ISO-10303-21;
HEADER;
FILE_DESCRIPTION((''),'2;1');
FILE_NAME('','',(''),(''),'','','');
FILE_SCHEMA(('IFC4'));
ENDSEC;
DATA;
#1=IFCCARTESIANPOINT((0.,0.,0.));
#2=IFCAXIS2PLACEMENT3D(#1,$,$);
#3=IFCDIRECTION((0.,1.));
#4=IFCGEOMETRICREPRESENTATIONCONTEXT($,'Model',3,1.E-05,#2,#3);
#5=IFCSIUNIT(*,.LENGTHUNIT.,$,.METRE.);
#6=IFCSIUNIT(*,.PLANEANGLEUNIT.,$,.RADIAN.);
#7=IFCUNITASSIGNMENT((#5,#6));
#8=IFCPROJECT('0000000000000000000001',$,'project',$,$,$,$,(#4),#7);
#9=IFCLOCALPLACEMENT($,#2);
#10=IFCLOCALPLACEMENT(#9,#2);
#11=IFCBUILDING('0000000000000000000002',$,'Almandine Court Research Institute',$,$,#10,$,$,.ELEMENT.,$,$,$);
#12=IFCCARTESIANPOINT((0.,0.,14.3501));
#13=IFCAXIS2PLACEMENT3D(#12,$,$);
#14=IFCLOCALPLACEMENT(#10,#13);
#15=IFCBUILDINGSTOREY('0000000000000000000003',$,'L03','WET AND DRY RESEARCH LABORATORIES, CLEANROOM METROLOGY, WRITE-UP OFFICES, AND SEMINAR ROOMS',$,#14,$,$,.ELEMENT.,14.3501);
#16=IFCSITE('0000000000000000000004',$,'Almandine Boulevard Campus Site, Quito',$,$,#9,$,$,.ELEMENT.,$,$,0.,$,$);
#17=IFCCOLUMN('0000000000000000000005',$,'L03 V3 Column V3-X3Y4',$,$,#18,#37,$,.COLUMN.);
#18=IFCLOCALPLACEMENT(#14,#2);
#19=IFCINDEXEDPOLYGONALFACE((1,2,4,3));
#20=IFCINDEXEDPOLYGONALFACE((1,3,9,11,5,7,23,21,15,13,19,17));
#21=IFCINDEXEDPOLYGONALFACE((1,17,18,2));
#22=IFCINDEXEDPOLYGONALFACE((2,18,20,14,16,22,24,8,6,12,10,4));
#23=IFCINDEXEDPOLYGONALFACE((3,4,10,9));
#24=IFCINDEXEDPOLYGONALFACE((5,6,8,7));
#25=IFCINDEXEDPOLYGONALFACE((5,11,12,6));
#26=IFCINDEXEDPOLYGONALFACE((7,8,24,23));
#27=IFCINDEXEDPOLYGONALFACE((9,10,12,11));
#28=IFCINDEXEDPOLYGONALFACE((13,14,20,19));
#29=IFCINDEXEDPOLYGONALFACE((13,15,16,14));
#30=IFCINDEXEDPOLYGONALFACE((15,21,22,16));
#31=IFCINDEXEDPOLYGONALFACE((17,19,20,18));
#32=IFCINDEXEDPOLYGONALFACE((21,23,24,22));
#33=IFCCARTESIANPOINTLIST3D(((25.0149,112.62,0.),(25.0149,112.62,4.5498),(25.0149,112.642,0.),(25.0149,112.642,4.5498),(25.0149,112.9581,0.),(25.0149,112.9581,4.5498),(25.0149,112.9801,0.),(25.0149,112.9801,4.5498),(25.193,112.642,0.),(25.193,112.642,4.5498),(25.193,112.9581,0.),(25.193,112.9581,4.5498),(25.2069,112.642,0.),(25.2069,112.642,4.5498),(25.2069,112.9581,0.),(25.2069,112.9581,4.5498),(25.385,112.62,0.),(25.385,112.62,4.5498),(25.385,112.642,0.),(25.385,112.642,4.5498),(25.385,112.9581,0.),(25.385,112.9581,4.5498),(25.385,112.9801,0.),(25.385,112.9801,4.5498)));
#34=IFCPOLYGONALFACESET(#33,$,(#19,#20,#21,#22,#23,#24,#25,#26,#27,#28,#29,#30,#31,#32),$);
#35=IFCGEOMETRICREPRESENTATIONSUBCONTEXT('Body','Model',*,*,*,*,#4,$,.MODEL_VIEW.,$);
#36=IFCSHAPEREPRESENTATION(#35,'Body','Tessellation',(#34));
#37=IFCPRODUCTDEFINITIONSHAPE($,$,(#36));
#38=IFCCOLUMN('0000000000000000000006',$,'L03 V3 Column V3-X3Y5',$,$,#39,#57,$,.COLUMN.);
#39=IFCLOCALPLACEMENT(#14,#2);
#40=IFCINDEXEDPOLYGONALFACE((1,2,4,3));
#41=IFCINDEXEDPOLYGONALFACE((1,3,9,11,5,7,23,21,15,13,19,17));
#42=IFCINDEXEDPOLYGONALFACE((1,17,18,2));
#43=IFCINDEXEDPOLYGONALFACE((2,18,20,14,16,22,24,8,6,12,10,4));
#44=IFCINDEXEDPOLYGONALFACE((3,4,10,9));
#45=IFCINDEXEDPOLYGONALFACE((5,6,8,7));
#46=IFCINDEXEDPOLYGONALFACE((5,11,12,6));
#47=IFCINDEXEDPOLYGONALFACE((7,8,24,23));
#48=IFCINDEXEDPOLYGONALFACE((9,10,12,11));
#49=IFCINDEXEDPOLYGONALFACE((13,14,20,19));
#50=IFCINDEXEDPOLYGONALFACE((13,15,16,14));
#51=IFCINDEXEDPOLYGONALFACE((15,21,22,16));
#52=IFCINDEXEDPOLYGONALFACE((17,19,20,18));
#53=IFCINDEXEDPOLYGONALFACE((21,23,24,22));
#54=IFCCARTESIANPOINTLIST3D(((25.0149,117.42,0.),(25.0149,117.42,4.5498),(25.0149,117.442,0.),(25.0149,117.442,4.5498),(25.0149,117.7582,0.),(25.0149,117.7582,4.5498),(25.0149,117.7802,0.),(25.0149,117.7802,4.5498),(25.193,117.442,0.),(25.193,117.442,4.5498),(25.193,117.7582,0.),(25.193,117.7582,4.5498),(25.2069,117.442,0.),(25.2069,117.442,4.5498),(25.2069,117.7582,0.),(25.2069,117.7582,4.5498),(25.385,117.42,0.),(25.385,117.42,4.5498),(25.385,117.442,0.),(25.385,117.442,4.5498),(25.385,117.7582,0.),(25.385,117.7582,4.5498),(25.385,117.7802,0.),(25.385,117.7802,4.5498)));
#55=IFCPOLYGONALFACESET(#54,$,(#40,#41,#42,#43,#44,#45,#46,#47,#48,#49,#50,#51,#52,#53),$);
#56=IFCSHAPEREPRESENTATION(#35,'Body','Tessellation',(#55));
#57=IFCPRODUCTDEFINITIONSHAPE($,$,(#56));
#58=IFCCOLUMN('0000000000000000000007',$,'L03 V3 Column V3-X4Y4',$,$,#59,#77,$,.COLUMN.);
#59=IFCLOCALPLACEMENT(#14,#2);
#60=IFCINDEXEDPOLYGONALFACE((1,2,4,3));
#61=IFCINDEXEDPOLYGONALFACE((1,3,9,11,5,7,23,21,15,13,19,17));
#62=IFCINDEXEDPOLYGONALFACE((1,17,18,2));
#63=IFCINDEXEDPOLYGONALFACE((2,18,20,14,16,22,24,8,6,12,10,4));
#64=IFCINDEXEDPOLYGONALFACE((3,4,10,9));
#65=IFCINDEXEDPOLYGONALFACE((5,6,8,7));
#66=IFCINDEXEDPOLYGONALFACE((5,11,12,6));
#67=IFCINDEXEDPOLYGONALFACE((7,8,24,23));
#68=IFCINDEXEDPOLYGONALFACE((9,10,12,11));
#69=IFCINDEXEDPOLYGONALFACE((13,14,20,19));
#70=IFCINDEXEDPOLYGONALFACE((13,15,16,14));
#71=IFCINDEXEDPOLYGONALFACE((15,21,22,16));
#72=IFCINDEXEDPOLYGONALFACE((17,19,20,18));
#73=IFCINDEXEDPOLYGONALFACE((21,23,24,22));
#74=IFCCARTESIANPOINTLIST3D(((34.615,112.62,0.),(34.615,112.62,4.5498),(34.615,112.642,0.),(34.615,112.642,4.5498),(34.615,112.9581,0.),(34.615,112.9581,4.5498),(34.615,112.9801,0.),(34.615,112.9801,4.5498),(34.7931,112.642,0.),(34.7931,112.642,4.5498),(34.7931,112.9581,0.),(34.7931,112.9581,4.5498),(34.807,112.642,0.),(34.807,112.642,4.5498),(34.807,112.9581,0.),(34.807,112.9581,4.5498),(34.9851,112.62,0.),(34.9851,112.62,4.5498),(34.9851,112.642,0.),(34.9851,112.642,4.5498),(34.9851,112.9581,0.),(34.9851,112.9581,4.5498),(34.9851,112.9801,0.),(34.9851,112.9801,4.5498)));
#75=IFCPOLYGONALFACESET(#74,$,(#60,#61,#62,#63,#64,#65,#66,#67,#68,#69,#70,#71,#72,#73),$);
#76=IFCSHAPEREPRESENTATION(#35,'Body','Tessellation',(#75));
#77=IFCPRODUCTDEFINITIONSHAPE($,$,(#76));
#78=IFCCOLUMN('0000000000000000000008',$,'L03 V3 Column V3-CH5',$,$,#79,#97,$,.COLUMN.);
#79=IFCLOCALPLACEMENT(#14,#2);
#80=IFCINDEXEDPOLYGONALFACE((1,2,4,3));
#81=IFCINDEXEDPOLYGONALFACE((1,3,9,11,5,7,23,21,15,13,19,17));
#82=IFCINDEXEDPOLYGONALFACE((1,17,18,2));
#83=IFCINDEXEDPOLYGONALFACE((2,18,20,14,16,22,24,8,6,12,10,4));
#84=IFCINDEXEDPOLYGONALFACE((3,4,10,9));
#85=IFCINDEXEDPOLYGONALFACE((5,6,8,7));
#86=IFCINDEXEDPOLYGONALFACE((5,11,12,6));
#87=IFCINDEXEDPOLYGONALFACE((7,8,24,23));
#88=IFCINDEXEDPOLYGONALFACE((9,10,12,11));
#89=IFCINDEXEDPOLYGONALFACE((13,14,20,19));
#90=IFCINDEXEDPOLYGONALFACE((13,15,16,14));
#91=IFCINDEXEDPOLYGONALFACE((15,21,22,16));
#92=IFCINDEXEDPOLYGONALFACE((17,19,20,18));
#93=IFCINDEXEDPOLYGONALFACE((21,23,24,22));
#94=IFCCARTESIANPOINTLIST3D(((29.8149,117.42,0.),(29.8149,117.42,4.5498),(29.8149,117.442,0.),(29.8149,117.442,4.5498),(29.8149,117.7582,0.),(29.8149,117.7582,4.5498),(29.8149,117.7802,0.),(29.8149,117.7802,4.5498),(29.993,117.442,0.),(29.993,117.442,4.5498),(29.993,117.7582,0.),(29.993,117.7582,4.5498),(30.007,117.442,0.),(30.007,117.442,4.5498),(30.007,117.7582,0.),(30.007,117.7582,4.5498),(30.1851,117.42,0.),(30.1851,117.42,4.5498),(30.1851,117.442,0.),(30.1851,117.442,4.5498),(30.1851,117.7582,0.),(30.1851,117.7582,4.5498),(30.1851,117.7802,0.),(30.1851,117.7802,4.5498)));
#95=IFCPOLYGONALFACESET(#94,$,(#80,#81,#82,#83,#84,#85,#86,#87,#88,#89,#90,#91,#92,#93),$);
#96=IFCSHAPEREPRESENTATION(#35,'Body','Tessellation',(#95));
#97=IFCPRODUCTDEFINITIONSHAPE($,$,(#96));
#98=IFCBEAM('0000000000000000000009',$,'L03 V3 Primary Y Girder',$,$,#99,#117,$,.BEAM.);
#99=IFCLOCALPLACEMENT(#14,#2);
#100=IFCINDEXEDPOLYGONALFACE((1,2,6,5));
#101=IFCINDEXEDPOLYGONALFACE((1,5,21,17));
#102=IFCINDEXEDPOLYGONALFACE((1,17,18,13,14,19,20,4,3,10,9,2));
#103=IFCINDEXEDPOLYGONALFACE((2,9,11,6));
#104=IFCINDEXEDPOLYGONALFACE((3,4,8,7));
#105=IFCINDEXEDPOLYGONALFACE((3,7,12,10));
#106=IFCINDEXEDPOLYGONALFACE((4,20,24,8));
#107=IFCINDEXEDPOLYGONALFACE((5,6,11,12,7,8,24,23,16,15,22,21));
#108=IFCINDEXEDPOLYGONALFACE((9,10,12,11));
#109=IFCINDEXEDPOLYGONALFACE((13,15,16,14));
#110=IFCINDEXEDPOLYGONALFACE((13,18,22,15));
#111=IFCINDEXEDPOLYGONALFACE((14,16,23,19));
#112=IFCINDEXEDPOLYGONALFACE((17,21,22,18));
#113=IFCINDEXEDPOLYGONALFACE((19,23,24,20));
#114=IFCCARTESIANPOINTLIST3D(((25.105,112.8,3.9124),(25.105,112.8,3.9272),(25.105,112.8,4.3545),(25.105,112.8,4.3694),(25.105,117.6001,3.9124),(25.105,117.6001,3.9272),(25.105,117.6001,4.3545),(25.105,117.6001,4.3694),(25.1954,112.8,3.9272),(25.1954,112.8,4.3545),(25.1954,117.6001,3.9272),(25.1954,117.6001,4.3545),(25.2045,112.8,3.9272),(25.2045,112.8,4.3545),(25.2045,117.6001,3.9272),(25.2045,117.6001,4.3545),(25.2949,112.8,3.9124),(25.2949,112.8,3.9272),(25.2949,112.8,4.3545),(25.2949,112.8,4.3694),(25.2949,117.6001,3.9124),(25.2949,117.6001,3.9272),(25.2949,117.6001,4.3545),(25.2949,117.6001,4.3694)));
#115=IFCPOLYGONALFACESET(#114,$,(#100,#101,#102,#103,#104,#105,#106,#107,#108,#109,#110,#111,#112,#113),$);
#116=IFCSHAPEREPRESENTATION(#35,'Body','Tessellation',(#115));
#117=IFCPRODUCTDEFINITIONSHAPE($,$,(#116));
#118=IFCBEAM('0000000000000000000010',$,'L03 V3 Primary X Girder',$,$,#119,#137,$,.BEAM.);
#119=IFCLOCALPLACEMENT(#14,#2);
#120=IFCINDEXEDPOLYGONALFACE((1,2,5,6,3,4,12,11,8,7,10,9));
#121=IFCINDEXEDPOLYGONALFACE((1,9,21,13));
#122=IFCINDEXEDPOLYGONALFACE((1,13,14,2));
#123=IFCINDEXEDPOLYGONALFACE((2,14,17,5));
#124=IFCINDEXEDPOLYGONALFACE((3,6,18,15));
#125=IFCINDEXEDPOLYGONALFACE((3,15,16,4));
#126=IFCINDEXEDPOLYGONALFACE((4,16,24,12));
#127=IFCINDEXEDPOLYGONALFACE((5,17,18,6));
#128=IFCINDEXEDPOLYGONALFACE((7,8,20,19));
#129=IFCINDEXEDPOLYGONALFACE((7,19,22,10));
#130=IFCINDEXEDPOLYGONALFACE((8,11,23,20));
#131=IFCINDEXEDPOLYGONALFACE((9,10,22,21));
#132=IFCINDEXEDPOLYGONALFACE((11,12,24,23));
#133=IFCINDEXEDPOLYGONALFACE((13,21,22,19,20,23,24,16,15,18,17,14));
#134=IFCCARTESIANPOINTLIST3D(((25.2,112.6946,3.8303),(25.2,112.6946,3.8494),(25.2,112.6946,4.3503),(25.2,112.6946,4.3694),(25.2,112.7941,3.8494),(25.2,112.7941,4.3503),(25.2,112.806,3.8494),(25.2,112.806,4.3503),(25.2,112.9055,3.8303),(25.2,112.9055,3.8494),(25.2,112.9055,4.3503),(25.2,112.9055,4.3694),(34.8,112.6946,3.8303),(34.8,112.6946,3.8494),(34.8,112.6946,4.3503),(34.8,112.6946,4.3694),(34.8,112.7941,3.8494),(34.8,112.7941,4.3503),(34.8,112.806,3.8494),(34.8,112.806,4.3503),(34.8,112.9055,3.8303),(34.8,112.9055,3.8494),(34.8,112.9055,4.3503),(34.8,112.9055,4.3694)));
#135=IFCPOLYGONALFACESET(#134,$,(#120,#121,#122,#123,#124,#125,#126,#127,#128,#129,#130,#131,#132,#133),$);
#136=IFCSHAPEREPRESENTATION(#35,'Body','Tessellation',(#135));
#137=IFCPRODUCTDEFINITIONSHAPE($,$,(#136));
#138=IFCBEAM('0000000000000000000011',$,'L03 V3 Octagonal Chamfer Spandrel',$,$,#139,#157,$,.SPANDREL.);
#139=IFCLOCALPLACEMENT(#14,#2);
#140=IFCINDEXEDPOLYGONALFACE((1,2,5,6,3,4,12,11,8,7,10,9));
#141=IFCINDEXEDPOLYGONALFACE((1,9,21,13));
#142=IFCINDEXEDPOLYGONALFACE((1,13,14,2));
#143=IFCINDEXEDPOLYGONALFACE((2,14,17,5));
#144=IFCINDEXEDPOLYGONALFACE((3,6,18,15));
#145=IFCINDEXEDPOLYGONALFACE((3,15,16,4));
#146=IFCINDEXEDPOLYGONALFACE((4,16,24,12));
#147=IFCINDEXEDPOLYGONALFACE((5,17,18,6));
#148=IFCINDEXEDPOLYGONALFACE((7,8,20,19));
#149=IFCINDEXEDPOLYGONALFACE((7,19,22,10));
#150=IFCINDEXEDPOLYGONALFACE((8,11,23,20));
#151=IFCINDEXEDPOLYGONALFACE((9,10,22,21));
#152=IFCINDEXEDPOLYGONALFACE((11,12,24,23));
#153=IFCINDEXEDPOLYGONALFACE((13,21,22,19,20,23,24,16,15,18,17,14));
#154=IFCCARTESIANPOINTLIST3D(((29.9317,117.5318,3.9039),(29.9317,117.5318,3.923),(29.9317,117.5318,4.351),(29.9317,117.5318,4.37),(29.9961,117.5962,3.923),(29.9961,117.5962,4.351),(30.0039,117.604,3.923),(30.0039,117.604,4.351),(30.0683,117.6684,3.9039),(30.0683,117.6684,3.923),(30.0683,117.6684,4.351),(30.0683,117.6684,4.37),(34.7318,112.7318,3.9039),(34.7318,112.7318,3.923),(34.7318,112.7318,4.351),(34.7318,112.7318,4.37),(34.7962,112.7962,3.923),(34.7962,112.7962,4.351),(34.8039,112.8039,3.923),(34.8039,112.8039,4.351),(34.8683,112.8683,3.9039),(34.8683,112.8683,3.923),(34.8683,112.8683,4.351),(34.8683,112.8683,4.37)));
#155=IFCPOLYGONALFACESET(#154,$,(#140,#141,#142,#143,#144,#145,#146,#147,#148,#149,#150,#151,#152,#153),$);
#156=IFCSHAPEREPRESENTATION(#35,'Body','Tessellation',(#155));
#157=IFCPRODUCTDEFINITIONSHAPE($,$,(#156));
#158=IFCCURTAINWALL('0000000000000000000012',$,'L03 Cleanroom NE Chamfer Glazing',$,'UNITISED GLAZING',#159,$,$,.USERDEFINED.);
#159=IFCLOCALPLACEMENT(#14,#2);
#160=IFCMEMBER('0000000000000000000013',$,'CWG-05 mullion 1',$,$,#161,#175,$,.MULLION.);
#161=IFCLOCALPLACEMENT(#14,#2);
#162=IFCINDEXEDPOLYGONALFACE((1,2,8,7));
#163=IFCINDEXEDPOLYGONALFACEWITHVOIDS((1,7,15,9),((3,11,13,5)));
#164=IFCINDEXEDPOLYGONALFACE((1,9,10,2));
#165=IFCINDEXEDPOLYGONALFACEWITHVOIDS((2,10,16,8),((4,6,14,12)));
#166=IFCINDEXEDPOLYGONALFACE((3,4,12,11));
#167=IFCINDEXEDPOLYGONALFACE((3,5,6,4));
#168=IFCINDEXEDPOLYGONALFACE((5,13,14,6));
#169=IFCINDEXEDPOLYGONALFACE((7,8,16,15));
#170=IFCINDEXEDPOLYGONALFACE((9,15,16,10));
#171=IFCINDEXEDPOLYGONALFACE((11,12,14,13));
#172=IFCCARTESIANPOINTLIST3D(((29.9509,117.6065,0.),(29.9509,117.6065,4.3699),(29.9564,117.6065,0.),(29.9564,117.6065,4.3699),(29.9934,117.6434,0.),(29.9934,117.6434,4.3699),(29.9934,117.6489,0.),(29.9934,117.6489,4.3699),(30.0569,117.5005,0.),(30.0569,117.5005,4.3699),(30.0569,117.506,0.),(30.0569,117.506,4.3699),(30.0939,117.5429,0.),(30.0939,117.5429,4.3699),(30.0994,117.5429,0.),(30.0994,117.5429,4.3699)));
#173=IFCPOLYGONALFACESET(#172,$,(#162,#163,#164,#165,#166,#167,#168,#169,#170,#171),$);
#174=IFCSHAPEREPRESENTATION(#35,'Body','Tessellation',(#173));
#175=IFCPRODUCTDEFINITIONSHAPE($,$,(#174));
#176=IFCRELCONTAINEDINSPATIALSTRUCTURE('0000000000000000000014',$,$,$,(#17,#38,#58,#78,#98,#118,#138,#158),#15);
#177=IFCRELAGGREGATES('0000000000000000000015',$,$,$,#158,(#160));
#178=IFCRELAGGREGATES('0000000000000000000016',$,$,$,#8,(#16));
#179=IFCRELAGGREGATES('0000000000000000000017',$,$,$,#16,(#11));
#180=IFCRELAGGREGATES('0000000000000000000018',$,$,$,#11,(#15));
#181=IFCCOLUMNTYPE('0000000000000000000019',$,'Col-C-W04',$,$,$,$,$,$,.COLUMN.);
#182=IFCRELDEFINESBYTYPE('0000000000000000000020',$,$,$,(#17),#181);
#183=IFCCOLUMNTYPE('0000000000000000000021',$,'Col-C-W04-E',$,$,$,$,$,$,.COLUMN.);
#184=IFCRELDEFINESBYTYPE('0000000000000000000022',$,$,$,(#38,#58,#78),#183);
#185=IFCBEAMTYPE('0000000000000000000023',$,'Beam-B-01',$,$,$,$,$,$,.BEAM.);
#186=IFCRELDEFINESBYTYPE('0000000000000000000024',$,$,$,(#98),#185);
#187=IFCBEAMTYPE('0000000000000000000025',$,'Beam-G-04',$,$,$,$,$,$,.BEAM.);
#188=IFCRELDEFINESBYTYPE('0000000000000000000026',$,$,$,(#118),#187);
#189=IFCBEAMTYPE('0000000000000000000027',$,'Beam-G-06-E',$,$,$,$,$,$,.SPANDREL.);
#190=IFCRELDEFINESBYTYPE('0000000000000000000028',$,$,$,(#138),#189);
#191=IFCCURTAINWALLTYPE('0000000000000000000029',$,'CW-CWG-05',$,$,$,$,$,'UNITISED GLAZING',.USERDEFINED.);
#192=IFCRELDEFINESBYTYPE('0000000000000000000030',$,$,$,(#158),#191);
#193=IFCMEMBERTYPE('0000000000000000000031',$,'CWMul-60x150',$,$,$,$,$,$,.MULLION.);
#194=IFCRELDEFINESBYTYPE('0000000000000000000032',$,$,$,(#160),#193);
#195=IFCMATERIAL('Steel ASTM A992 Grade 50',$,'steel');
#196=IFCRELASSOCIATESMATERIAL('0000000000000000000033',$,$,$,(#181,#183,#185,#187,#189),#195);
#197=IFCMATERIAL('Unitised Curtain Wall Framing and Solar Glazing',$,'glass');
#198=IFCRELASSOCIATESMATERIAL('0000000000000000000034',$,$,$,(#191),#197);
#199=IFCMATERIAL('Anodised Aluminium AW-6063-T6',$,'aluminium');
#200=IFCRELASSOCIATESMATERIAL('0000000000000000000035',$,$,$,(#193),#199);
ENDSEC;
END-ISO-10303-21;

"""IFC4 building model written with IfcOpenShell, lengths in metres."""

from ifc_helpers import new_model, si_unit, direction, frame, origin, origin_2d, place, context, subcontext, project, spatial, hollow_rectangle, i_section, extrude, material, material_profile, profile_set, type_object, element, aggregate, save


model = new_model("IFC4")

# Units and contexts
model_context = context("Model", 3, precision=1e-05, world=origin(), true_north=direction((0.0, 1.0)))
body_context = subcontext(model_context, "Body", "Model", "MODEL_VIEW")
ifc_project = project(units=[si_unit("LENGTHUNIT", "METRE"), si_unit("PLANEANGLEUNIT", "RADIAN")], contexts=[model_context])

# Site, building, storey
site_placement = place(None, origin())
site = spatial("IfcSite", under=ifc_project, at=site_placement, Name="Almandine Boulevard Campus Site, Quito", CompositionType="ELEMENT", RefElevation=0.0)
building_placement = place(site_placement, origin())
building = spatial("IfcBuilding", under=site, at=building_placement, Name="Almandine Court Research Institute", CompositionType="ELEMENT")
storey_placement = place(building_placement, frame((0.0, 0.0, 14.3501)))
storey = spatial("IfcBuildingStorey", under=building, at=storey_placement, Name="L03", Description="WET AND DRY RESEARCH LABORATORIES, CLEANROOM METROLOGY, WRITE-UP OFFICES, AND SEMINAR ROOMS", CompositionType="ELEMENT", Elevation=14.3501)

# Columns
ifc_material_1 = material(Name="Steel ASTM A992 Grade 50", Category="steel")
ifc_material_profile_1 = material_profile(ifc_material_1, i_section(OverallWidth=0.3701, OverallDepth=0.3601, WebThickness=0.0139, FlangeThickness=0.022, at=origin_2d()), Name="W360x147")
ifc_profile_set_1 = profile_set([ifc_material_profile_1], Name="Steel ASTM A992 Grade 50")
column_type_1 = type_object("IfcColumnType", Name="Col-C-W04", PredefinedType="COLUMN", material=ifc_profile_set_1)
column_placement = place(storey_placement, frame((25.2, 112.8, 0.0), z_axis=(0.0, 0.0, 1.0), x_axis=(1.0, 0.0, 0.0)))
element("IfcColumn", 1, at=column_placement, inside=storey, type_object=column_type_1, Name="L03 V3 Column V3-X3Y4", PredefinedType="COLUMN", context=body_context, shape_type="SweptSolid", body=[
    extrude(i_section(OverallWidth=0.3701, OverallDepth=0.3601, WebThickness=0.0139, FlangeThickness=0.022, at=origin_2d()), origin(), (0.0, 0.0, 1.0), 4.5498),
])
ifc_material_profile_2 = material_profile(ifc_material_1, i_section(OverallWidth=0.3701, OverallDepth=0.3601, WebThickness=0.0139, FlangeThickness=0.022, at=origin_2d()), Name="W360x147")
ifc_profile_set_2 = profile_set([ifc_material_profile_2], Name="Steel ASTM A992 Grade 50")
column_type_2 = type_object("IfcColumnType", Name="Col-C-W04-E", PredefinedType="COLUMN", material=ifc_profile_set_2)
for number, where, z_axis, x_axis, name in (
    (2, (25.2, 117.6001, 0.0), (0.0, 0.0, 1.0), (1.0, 0.0, 0.0), "L03 V3 Column V3-X3Y5"),
    (3, (34.8, 112.8, 0.0), (0.0, 0.0, 1.0), (1.0, 0.0, 0.0), "L03 V3 Column V3-X4Y4"),
    (4, (30.0, 117.6001, 0.0), (0.0, 0.0, 1.0), (1.0, 0.0, 0.0), "L03 V3 Column V3-CH5"),
):
    element("IfcColumn", number, at=place(storey_placement, frame(where, z_axis=z_axis, x_axis=x_axis)), inside=storey, type_object=column_type_2, Name=name, PredefinedType="COLUMN", context=body_context, shape_type="SweptSolid", body=[
        extrude(i_section(OverallWidth=0.3701, OverallDepth=0.3601, WebThickness=0.0139, FlangeThickness=0.022, at=origin_2d()), origin(), (0.0, 0.0, 1.0), 4.5498),
    ])

# Beams
ifc_material_profile_3 = material_profile(ifc_material_1, i_section(OverallWidth=0.1899, OverallDepth=0.457, WebThickness=0.009, FlangeThickness=0.0149, at=origin_2d()), Name="W460x74")
ifc_profile_set_3 = profile_set([ifc_material_profile_3], Name="Steel ASTM A992 Grade 50")
beam_type_1 = type_object("IfcBeamType", Name="Beam-B-01", PredefinedType="BEAM", material=ifc_profile_set_3)
beam_1_placement = place(storey_placement, frame((25.2, 112.8, 4.1409), z_axis=(0.0, 1.0, 0.0), x_axis=(-1.0, 0.0, 0.0)))
element("IfcBeam", 5, at=beam_1_placement, inside=storey, type_object=beam_type_1, Name="L03 V3 Primary Y Girder", PredefinedType="BEAM", context=body_context, shape_type="SweptSolid", body=[
    extrude(i_section(OverallWidth=0.1899, OverallDepth=0.457, WebThickness=0.009, FlangeThickness=0.0149, at=origin_2d()), origin(), (0.0, 0.0, 1.0), 4.8),
])
ifc_material_profile_4 = material_profile(ifc_material_1, i_section(OverallWidth=0.2109, OverallDepth=0.5391, WebThickness=0.012, FlangeThickness=0.019, at=origin_2d()), Name="W530x109")
ifc_profile_set_4 = profile_set([ifc_material_profile_4], Name="Steel ASTM A992 Grade 50")
beam_type_2 = type_object("IfcBeamType", Name="Beam-G-04", PredefinedType="BEAM", material=ifc_profile_set_4)
beam_2_placement = place(storey_placement, frame((25.2, 112.8, 4.0999), z_axis=(1.0, 0.0, 0.0), x_axis=(0.0, 1.0, 0.0)))
element("IfcBeam", 6, at=beam_2_placement, inside=storey, type_object=beam_type_2, Name="L03 V3 Primary X Girder", PredefinedType="BEAM", context=body_context, shape_type="SweptSolid", body=[
    extrude(i_section(OverallWidth=0.2109, OverallDepth=0.5391, WebThickness=0.012, FlangeThickness=0.019, at=origin_2d()), origin(), (0.0, 0.0, 1.0), 9.6001),
])
ifc_material_profile_5 = material_profile(ifc_material_1, i_section(OverallWidth=0.1931, OverallDepth=0.4661, WebThickness=0.011, FlangeThickness=0.019, at=origin_2d()), Name="W460x97")
ifc_profile_set_5 = profile_set([ifc_material_profile_5], Name="Steel ASTM A992 Grade 50")
beam_type_3 = type_object("IfcBeamType", Name="Beam-G-06-E", PredefinedType="SPANDREL", material=ifc_profile_set_5)
beam_3_placement = place(storey_placement, frame((34.8, 112.8, 4.137), z_axis=(-0.707107, 0.707107, 0.0), x_axis=(-0.707107, -0.707107, 0.0)))
element("IfcBeam", 7, at=beam_3_placement, inside=storey, type_object=beam_type_3, Name="L03 V3 Octagonal Chamfer Spandrel", PredefinedType="SPANDREL", context=body_context, shape_type="SweptSolid", body=[
    extrude(i_section(OverallWidth=0.1931, OverallDepth=0.4661, WebThickness=0.011, FlangeThickness=0.019, at=origin_2d()), origin(), (0.0, 0.0, 1.0), 6.7883),
])

# Curtain wall, member
ifc_material_2 = material(Name="Unitised Curtain Wall Framing and Solar Glazing", Category="glass")
curtain_wall_type_1 = type_object("IfcCurtainWallType", Name="CW-CWG-05", ElementType="UNITISED GLAZING", PredefinedType="USERDEFINED", material=ifc_material_2)
curtain_wall_1_placement = place(storey_placement, origin())
curtain_wall_1 = element("IfcCurtainWall", 8, at=curtain_wall_1_placement, inside=storey, type_object=curtain_wall_type_1, Name="L03 Cleanroom NE Chamfer Glazing", ObjectType="UNITISED GLAZING", PredefinedType="USERDEFINED")
ifc_material_3 = material(Name="Anodised Aluminium AW-6063-T6", Category="aluminium")
ifc_material_profile_6 = material_profile(ifc_material_3, hollow_rectangle(XDim=0.0601, YDim=0.1499, WallThickness=0.0039, at=origin_2d()), Name="ALU RHS 60x150x4")
ifc_profile_set_6 = profile_set([ifc_material_profile_6], Name="Anodised Aluminium AW-6063-T6")
member_type_1 = type_object("IfcMemberType", Name="CWMul-60x150", PredefinedType="MULLION", material=ifc_profile_set_6)
member_1_placement = place(storey_placement, frame((30.0251, 117.5747, 0.0), z_axis=(0.0, 0.0, 1.0), x_axis=(0.707107, 0.707107, 0.0)))
member_1 = element("IfcMember", 9, at=member_1_placement, type_object=member_type_1, Name="CWG-05 mullion 1", PredefinedType="MULLION", context=body_context, shape_type="SweptSolid", body=[
    extrude(hollow_rectangle(XDim=0.0601, YDim=0.1499, WallThickness=0.0039, at=origin_2d()), origin(), (0.0, 0.0, 1.0), 4.3699),
])

aggregate(curtain_wall_1, [member_1])

save(model, "model.ifc")
